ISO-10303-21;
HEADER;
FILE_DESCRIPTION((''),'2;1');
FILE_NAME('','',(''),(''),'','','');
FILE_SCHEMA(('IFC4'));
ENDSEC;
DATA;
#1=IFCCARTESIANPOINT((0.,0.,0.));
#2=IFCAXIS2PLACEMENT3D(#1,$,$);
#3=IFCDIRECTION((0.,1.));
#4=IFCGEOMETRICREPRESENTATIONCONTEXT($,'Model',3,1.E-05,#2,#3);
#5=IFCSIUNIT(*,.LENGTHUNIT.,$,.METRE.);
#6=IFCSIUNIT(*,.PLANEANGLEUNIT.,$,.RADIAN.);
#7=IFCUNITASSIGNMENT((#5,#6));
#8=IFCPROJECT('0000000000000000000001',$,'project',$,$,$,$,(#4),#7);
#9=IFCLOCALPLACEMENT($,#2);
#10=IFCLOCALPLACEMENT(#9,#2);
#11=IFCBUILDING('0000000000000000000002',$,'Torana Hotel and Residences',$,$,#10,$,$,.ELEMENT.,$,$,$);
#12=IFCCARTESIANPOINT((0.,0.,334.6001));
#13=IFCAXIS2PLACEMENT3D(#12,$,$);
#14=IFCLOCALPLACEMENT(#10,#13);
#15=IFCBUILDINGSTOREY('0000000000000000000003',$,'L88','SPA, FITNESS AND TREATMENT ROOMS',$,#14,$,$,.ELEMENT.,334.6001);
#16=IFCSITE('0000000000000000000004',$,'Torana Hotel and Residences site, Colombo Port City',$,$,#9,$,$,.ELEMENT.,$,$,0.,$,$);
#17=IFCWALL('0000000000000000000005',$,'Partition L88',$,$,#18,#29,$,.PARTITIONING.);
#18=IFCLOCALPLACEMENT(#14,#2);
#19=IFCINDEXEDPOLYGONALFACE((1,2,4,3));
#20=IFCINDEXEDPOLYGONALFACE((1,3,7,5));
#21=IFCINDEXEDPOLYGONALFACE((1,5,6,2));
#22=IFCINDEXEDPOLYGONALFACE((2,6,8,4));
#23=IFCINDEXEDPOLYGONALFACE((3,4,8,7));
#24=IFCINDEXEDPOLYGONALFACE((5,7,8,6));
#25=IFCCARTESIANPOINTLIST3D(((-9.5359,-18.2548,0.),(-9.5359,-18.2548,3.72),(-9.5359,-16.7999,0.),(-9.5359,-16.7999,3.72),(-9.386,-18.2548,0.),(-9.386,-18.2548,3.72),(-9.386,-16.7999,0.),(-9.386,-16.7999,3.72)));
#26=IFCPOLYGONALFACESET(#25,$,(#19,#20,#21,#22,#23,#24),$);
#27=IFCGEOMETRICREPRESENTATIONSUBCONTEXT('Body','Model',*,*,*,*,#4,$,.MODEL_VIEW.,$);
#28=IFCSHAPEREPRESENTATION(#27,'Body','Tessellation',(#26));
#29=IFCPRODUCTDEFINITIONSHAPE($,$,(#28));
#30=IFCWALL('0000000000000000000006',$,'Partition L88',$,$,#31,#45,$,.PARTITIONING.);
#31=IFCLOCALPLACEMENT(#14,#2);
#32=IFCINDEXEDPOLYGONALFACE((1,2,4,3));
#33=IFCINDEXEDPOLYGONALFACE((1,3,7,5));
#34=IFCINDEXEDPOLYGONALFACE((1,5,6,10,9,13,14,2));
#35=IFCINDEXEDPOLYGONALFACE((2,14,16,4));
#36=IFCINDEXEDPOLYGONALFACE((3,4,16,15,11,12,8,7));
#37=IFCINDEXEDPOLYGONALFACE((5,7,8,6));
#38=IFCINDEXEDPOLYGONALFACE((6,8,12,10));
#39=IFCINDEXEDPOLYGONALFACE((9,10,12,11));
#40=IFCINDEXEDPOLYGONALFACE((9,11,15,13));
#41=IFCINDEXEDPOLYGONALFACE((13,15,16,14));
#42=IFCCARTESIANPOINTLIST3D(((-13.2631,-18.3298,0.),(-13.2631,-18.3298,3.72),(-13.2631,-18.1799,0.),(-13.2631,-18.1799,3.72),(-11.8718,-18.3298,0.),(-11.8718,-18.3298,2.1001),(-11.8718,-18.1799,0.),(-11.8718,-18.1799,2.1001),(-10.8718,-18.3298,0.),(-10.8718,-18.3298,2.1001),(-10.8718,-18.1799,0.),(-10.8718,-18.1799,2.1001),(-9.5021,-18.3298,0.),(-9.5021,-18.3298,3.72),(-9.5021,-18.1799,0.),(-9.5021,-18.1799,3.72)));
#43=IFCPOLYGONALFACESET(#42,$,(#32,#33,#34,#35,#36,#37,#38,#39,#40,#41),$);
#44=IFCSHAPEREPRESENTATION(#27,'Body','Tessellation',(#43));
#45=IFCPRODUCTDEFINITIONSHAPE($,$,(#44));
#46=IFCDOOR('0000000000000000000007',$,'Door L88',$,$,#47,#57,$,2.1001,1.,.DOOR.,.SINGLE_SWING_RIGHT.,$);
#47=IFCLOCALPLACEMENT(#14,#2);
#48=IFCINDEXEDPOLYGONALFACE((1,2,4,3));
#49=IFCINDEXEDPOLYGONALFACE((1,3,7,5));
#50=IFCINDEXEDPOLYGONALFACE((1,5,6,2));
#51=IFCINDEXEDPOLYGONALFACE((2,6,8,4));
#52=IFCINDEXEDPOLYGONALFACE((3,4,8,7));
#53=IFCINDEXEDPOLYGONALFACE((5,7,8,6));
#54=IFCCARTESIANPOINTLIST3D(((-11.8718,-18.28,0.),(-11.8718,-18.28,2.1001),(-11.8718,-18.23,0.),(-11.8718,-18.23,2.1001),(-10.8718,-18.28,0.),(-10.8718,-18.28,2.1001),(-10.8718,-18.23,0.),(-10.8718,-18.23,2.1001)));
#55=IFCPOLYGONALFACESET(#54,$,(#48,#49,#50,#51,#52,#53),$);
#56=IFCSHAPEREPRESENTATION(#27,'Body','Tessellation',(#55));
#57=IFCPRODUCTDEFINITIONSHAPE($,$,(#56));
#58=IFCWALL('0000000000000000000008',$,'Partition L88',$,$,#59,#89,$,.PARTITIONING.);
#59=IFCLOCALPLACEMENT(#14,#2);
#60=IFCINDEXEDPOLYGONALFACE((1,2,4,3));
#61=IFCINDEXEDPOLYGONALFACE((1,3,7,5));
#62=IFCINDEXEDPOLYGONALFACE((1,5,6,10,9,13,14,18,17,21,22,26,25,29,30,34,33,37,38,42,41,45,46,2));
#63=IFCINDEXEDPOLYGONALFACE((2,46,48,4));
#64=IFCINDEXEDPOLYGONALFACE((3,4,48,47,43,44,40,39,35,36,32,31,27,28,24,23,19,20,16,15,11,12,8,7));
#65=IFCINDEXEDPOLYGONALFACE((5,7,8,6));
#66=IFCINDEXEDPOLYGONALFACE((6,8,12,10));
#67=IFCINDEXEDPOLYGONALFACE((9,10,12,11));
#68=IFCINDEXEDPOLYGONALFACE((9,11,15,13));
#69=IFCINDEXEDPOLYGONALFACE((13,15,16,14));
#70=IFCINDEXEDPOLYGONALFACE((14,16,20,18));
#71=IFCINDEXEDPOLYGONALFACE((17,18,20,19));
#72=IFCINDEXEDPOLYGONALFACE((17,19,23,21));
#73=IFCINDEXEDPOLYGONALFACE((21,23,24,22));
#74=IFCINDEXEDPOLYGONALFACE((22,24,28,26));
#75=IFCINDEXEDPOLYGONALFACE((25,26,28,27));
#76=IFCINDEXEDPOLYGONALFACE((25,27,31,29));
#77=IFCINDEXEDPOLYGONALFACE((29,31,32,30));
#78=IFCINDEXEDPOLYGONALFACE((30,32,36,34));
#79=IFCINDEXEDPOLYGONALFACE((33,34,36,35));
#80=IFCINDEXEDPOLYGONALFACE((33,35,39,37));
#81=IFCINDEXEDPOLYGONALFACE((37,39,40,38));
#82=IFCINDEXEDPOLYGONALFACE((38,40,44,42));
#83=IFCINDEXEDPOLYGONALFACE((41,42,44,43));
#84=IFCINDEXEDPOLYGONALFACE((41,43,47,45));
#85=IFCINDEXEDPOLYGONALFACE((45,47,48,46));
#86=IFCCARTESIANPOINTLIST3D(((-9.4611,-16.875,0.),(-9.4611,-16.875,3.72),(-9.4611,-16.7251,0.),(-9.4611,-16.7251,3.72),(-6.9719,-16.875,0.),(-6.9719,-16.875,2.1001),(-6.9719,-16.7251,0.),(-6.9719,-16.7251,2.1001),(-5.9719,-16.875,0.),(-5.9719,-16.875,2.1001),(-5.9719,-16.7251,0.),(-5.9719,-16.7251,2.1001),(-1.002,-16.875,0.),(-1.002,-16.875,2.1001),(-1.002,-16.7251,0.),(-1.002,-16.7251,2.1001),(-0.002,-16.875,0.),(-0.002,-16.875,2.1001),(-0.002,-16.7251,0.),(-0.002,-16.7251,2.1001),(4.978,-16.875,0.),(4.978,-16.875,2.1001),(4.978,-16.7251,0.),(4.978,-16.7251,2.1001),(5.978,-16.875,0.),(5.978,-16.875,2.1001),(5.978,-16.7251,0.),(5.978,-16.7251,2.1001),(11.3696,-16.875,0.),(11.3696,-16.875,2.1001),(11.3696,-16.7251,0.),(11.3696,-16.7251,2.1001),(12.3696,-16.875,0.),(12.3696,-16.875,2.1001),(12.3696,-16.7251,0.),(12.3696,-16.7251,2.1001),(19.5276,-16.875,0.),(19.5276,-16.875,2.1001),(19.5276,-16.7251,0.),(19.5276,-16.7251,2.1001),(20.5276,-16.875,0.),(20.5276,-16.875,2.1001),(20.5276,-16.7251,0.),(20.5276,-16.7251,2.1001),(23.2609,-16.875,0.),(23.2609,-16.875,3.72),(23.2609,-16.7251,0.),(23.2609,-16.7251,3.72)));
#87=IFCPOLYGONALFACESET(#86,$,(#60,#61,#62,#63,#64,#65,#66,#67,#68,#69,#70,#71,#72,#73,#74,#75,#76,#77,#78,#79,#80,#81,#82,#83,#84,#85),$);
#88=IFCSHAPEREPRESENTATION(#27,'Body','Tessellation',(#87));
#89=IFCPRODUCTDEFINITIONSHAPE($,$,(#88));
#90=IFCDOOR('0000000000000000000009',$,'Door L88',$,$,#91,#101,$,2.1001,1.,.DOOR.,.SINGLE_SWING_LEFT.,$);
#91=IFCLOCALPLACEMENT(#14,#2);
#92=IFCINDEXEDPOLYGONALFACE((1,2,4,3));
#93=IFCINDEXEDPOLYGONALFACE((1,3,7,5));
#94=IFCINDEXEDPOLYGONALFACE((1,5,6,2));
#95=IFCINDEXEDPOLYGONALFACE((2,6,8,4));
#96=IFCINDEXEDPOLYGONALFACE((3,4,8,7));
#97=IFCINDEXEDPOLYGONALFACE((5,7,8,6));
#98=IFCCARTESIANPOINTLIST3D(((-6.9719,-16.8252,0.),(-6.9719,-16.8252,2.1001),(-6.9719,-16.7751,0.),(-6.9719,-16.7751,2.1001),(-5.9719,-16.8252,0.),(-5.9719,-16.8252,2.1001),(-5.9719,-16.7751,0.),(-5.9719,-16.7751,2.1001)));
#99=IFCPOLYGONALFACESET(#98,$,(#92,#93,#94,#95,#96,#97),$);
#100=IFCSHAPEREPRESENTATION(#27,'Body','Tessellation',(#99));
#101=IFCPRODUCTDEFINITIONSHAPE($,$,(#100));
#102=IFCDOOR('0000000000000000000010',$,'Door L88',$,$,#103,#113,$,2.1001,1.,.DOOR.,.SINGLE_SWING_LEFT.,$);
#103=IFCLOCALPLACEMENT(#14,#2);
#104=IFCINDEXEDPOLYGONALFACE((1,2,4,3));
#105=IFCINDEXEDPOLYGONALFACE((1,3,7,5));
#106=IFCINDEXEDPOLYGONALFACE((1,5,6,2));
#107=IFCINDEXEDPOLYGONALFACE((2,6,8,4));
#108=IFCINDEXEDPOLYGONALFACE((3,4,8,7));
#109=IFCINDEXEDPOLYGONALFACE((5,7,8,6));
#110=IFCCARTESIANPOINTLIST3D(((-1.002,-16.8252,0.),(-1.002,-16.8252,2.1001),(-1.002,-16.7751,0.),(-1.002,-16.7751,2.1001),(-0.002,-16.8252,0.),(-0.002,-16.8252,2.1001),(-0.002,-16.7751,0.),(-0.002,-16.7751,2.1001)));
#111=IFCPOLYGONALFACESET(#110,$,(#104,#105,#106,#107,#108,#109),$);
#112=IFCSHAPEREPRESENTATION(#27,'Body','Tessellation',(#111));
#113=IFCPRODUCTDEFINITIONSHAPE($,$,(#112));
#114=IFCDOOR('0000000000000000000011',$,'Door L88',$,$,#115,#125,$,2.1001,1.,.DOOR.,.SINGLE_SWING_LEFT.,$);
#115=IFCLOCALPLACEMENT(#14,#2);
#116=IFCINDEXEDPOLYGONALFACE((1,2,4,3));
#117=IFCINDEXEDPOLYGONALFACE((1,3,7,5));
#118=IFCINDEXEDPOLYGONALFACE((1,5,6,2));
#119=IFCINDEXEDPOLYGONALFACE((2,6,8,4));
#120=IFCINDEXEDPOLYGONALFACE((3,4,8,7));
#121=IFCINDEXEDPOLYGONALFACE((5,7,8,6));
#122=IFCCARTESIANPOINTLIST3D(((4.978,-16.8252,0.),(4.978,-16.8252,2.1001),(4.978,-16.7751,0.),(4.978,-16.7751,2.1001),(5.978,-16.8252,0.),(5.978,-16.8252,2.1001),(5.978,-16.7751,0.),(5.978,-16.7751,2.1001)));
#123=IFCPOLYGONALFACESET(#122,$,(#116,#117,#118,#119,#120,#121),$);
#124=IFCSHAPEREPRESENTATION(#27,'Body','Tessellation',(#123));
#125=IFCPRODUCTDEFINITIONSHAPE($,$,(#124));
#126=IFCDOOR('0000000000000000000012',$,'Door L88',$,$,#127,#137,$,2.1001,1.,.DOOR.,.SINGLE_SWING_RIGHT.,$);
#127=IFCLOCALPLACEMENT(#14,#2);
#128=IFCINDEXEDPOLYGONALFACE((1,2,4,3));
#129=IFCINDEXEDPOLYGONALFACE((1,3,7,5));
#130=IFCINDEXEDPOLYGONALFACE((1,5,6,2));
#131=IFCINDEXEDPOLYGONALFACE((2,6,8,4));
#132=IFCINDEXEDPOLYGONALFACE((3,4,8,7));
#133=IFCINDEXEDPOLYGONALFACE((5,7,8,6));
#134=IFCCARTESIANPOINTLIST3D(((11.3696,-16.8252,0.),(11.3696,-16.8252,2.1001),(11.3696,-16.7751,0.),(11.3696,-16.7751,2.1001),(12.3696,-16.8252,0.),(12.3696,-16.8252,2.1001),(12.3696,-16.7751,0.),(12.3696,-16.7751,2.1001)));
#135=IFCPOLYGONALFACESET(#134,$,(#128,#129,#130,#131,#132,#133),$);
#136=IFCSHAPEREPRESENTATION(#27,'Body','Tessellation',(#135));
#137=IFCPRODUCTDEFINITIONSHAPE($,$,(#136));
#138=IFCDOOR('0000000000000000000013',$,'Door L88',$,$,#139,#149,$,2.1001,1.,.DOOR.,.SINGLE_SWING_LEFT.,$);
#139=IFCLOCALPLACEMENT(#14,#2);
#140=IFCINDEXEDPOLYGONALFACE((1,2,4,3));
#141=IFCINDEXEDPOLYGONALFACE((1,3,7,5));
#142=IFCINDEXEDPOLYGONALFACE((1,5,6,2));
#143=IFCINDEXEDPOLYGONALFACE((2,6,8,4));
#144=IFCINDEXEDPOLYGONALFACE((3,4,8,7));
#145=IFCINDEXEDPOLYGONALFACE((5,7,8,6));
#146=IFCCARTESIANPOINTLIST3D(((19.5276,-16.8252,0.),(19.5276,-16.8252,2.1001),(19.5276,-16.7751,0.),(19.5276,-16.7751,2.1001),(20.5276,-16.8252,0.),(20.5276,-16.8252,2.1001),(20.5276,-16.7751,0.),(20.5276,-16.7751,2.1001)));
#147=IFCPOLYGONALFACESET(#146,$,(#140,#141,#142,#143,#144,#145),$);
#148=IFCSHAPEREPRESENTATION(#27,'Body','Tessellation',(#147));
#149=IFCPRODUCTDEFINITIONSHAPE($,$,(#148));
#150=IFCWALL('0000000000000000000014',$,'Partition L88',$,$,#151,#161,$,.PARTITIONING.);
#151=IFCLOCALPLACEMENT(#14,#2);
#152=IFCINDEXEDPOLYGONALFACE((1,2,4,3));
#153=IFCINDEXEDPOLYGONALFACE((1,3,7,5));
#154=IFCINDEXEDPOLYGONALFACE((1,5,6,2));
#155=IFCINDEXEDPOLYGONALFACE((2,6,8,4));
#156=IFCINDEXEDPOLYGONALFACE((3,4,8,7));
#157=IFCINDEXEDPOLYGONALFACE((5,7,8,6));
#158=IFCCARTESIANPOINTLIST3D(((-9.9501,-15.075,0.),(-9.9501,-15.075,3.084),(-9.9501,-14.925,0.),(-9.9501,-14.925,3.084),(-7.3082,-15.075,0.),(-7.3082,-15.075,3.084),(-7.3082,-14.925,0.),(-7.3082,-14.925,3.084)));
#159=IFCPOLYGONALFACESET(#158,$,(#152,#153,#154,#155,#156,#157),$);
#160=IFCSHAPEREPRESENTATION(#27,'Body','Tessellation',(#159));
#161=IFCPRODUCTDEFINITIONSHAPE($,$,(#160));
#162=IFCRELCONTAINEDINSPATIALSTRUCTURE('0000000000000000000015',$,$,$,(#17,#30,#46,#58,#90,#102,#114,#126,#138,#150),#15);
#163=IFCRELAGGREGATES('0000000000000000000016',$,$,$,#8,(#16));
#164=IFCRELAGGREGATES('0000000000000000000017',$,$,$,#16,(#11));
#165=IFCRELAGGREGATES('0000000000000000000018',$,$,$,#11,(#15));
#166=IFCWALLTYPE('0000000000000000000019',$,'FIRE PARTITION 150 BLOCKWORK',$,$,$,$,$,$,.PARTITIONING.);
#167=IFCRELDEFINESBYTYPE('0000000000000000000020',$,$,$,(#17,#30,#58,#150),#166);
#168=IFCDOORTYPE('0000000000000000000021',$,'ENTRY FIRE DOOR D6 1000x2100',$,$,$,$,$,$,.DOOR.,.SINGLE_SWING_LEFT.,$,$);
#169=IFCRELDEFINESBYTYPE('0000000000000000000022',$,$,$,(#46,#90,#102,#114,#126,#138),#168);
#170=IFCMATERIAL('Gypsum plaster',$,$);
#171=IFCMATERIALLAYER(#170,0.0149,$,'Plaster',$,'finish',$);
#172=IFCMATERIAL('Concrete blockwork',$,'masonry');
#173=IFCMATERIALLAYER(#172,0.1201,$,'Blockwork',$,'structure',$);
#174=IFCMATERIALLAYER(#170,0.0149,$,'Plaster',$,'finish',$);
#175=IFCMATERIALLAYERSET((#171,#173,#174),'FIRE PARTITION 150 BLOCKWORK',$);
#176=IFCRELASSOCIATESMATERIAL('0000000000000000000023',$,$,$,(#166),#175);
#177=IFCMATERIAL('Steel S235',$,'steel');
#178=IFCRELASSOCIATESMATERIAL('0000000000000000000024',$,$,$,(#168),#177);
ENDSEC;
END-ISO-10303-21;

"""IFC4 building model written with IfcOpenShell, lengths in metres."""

from ifc_helpers import new_model, si_unit, direction, frame, frame_2d, origin, place, context, subcontext, project, spatial, rectangle, extrude, material, layer, layer_set, type_object, element, fill, save


model = new_model("IFC4")

# Units and contexts
model_context = context("Model", 3, precision=1e-05, world=origin(), true_north=direction((0.0, 1.0)))
body_context = subcontext(model_context, "Body", "Model", "MODEL_VIEW")
ifc_project = project(units=[si_unit("LENGTHUNIT", "METRE"), si_unit("PLANEANGLEUNIT", "RADIAN")], contexts=[model_context])

# Site, building, storey
site_placement = place(None, origin())
site = spatial("IfcSite", under=ifc_project, at=site_placement, Name="Torana Hotel and Residences site, Colombo Port City", CompositionType="ELEMENT", RefElevation=0.0)
building_placement = place(site_placement, origin())
building = spatial("IfcBuilding", under=site, at=building_placement, Name="Torana Hotel and Residences", CompositionType="ELEMENT")
storey_placement = place(building_placement, frame((0.0, 0.0, 334.6001)))
storey = spatial("IfcBuildingStorey", under=building, at=storey_placement, Name="L88", Description="SPA, FITNESS AND TREATMENT ROOMS", CompositionType="ELEMENT", Elevation=334.6001)

# Wall
ifc_material_1 = material(Name="Gypsum plaster")
ifc_layer_1 = layer(ifc_material_1, 0.0149, Name="Plaster", Category="finish")
ifc_material_2 = material(Name="Concrete blockwork", Category="masonry")
ifc_layer_2 = layer(ifc_material_2, 0.1201, Name="Blockwork", Category="structure")
ifc_layer_3 = layer(ifc_material_1, 0.0149, Name="Plaster", Category="finish")
ifc_layer_set = layer_set([ifc_layer_1, ifc_layer_2, ifc_layer_3], Name="FIRE PARTITION 150 BLOCKWORK")
wall_type = type_object("IfcWallType", Name="FIRE PARTITION 150 BLOCKWORK", PredefinedType="PARTITIONING", material=ifc_layer_set)
wall_1_placement = place(storey_placement, frame((-9.4609, -18.2549, 0.0), z_axis=(0.0, 0.0, 1.0), x_axis=(0.0, 1.0, 0.0)))
element("IfcWall", 1, at=wall_1_placement, inside=storey, type_object=wall_type, Name="Partition L88", PredefinedType="PARTITIONING", context=body_context, shape_type="SweptSolid", body=[
    extrude(rectangle(XDim=1.4548, YDim=0.1499, at=frame_2d((0.7275, 0.0))), origin(), (0.0, 0.0, 1.0), 3.72),
])

# Wall, opening, door
wall_2_placement = place(storey_placement, frame((-13.2629, -18.2549, 0.0), z_axis=(0.0, 0.0, 1.0), x_axis=(1.0, 0.0, 0.0)))
wall_2 = element("IfcWall", 2, at=wall_2_placement, inside=storey, type_object=wall_type, Name="Partition L88", PredefinedType="PARTITIONING", context=body_context, shape_type="SweptSolid", body=[
    extrude(rectangle(XDim=3.761, YDim=0.1499, at=frame_2d((1.8804, 0.0))), origin(), (0.0, 0.0, 1.0), 3.72),
])
opening_1_placement = place(wall_2_placement, frame((1.3911, 0.0, 0.0)))
opening_1 = element("IfcOpeningElement", 3, at=opening_1_placement, cuts=wall_2, PredefinedType="OPENING", context=body_context, shape_type="SweptSolid", body=[
    extrude(rectangle(XDim=1.0, YDim=2.1001, at=frame_2d((0.5, 1.05))), frame((0.0, 0.085, 0.0), z_axis=(0.0, -1.0, 0.0), x_axis=(1.0, 0.0, 0.0)), (0.0, 0.0, 1.0), 0.1699),
])
ifc_material_3 = material(Name="Steel S235", Category="steel")
door_type = type_object("IfcDoorType", Name="ENTRY FIRE DOOR D6 1000x2100", OperationType="SINGLE_SWING_LEFT", PredefinedType="DOOR", material=ifc_material_3)
door_1_placement = place(opening_1_placement, frame((0.5, 0.0, 0.0), z_axis=(0.0, 0.0, 1.0), x_axis=(-1.0, 0.0, 0.0)))
door_1 = element("IfcDoor", 4, at=door_1_placement, inside=storey, type_object=door_type, Name="Door L88", OperationType="SINGLE_SWING_RIGHT", OverallHeight=2.1001, OverallWidth=1.0, PredefinedType="DOOR", context=body_context, shape_type="SweptSolid", body=[
    extrude(rectangle(XDim=1.0, YDim=2.1001, at=frame_2d((0.0, 1.05))), frame((0.0, -0.0249, 0.0), z_axis=(0.0, 1.0, 0.0), x_axis=(-1.0, 0.0, 0.0)), (0.0, 0.0, 1.0), 0.05),
])
fill(opening_1, door_1)

# Wall, openings, doors
wall_3_placement = place(storey_placement, frame((-9.4609, -16.8, 0.0), z_axis=(0.0, 0.0, 1.0), x_axis=(1.0, 0.0, 0.0)))
wall_3 = element("IfcWall", 5, at=wall_3_placement, inside=storey, type_object=wall_type, Name="Partition L88", PredefinedType="PARTITIONING", context=body_context, shape_type="SweptSolid", body=[
    extrude(rectangle(XDim=32.7219, YDim=0.1499, at=frame_2d((16.3608, 0.0))), origin(), (0.0, 0.0, 1.0), 3.72),
])
opening_2_placement = place(wall_3_placement, frame((2.489, 0.0, 0.0)))
opening_2 = element("IfcOpeningElement", 6, at=opening_2_placement, cuts=wall_3, PredefinedType="OPENING", context=body_context, shape_type="SweptSolid", body=[
    extrude(rectangle(XDim=1.0, YDim=2.1001, at=frame_2d((0.5, 1.05))), frame((0.0, 0.085, 0.0), z_axis=(0.0, -1.0, 0.0), x_axis=(1.0, 0.0, 0.0)), (0.0, 0.0, 1.0), 0.1699),
])
opening_3_placement = place(wall_3_placement, frame((8.459, 0.0, 0.0)))
opening_3 = element("IfcOpeningElement", 7, at=opening_3_placement, cuts=wall_3, PredefinedType="OPENING", context=body_context, shape_type="SweptSolid", body=[
    extrude(rectangle(XDim=1.0, YDim=2.1001, at=frame_2d((0.5, 1.05))), frame((0.0, 0.085, 0.0), z_axis=(0.0, -1.0, 0.0), x_axis=(1.0, 0.0, 0.0)), (0.0, 0.0, 1.0), 0.1699),
])
opening_4_placement = place(wall_3_placement, frame((14.439, 0.0, 0.0)))
opening_4 = element("IfcOpeningElement", 8, at=opening_4_placement, cuts=wall_3, PredefinedType="OPENING", context=body_context, shape_type="SweptSolid", body=[
    extrude(rectangle(XDim=1.0, YDim=2.1001, at=frame_2d((0.5, 1.05))), frame((0.0, 0.085, 0.0), z_axis=(0.0, -1.0, 0.0), x_axis=(1.0, 0.0, 0.0)), (0.0, 0.0, 1.0), 0.1699),
])
opening_5_placement = place(wall_3_placement, frame((20.8306, 0.0, 0.0)))
opening_5 = element("IfcOpeningElement", 9, at=opening_5_placement, cuts=wall_3, PredefinedType="OPENING", context=body_context, shape_type="SweptSolid", body=[
    extrude(rectangle(XDim=1.0, YDim=2.1001, at=frame_2d((0.5, 1.05))), frame((0.0, 0.085, 0.0), z_axis=(0.0, -1.0, 0.0), x_axis=(1.0, 0.0, 0.0)), (0.0, 0.0, 1.0), 0.1699),
])
opening_6_placement = place(wall_3_placement, frame((28.9885, 0.0, 0.0)))
opening_6 = element("IfcOpeningElement", 10, at=opening_6_placement, cuts=wall_3, PredefinedType="OPENING", context=body_context, shape_type="SweptSolid", body=[
    extrude(rectangle(XDim=1.0, YDim=2.1001, at=frame_2d((0.5, 1.05))), frame((0.0, 0.085, 0.0), z_axis=(0.0, -1.0, 0.0), x_axis=(1.0, 0.0, 0.0)), (0.0, 0.0, 1.0), 0.1699),
])
door_2_placement = place(opening_2_placement, frame((0.5, 0.0, 0.0), z_axis=(0.0, 0.0, 1.0), x_axis=(-1.0, 0.0, 0.0)))
door_2 = element("IfcDoor", 11, at=door_2_placement, inside=storey, type_object=door_type, Name="Door L88", OperationType="SINGLE_SWING_LEFT", OverallHeight=2.1001, OverallWidth=1.0, PredefinedType="DOOR", context=body_context, shape_type="SweptSolid", body=[
    extrude(rectangle(XDim=1.0, YDim=2.1001, at=frame_2d((0.0, 1.05))), frame((0.0, -0.0249, 0.0), z_axis=(0.0, 1.0, 0.0), x_axis=(-1.0, 0.0, 0.0)), (0.0, 0.0, 1.0), 0.05),
])
fill(opening_2, door_2)
door_3_placement = place(opening_3_placement, frame((0.5, 0.0, 0.0), z_axis=(0.0, 0.0, 1.0), x_axis=(-1.0, 0.0, 0.0)))
door_3 = element("IfcDoor", 12, at=door_3_placement, inside=storey, type_object=door_type, Name="Door L88", OperationType="SINGLE_SWING_LEFT", OverallHeight=2.1001, OverallWidth=1.0, PredefinedType="DOOR", context=body_context, shape_type="SweptSolid", body=[
    extrude(rectangle(XDim=1.0, YDim=2.1001, at=frame_2d((0.0, 1.05))), frame((0.0, -0.0249, 0.0), z_axis=(0.0, 1.0, 0.0), x_axis=(-1.0, 0.0, 0.0)), (0.0, 0.0, 1.0), 0.05),
])
fill(opening_3, door_3)
door_4_placement = place(opening_4_placement, frame((0.5, 0.0, 0.0), z_axis=(0.0, 0.0, 1.0), x_axis=(-1.0, 0.0, 0.0)))
door_4 = element("IfcDoor", 13, at=door_4_placement, inside=storey, type_object=door_type, Name="Door L88", OperationType="SINGLE_SWING_LEFT", OverallHeight=2.1001, OverallWidth=1.0, PredefinedType="DOOR", context=body_context, shape_type="SweptSolid", body=[
    extrude(rectangle(XDim=1.0, YDim=2.1001, at=frame_2d((0.0, 1.05))), frame((0.0, -0.0249, 0.0), z_axis=(0.0, 1.0, 0.0), x_axis=(-1.0, 0.0, 0.0)), (0.0, 0.0, 1.0), 0.05),
])
fill(opening_4, door_4)
door_5_placement = place(opening_5_placement, frame((0.5, 0.0, 0.0), z_axis=(0.0, 0.0, 1.0), x_axis=(-1.0, 0.0, 0.0)))
door_5 = element("IfcDoor", 14, at=door_5_placement, inside=storey, type_object=door_type, Name="Door L88", OperationType="SINGLE_SWING_RIGHT", OverallHeight=2.1001, OverallWidth=1.0, PredefinedType="DOOR", context=body_context, shape_type="SweptSolid", body=[
    extrude(rectangle(XDim=1.0, YDim=2.1001, at=frame_2d((0.0, 1.05))), frame((0.0, -0.0249, 0.0), z_axis=(0.0, 1.0, 0.0), x_axis=(-1.0, 0.0, 0.0)), (0.0, 0.0, 1.0), 0.05),
])
fill(opening_5, door_5)
door_6_placement = place(opening_6_placement, frame((0.5, 0.0, 0.0), z_axis=(0.0, 0.0, 1.0), x_axis=(-1.0, 0.0, 0.0)))
door_6 = element("IfcDoor", 15, at=door_6_placement, inside=storey, type_object=door_type, Name="Door L88", OperationType="SINGLE_SWING_LEFT", OverallHeight=2.1001, OverallWidth=1.0, PredefinedType="DOOR", context=body_context, shape_type="SweptSolid", body=[
    extrude(rectangle(XDim=1.0, YDim=2.1001, at=frame_2d((0.0, 1.05))), frame((0.0, -0.0249, 0.0), z_axis=(0.0, 1.0, 0.0), x_axis=(-1.0, 0.0, 0.0)), (0.0, 0.0, 1.0), 0.05),
])
fill(opening_6, door_6)

# Wall
wall_4_placement = place(storey_placement, frame((-9.95, -15.0, 0.0), z_axis=(0.0, 0.0, 1.0), x_axis=(1.0, 0.0, 0.0)))
element("IfcWall", 16, at=wall_4_placement, inside=storey, type_object=wall_type, Name="Partition L88", PredefinedType="PARTITIONING", context=body_context, shape_type="SweptSolid", body=[
    extrude(rectangle(XDim=2.6418, YDim=0.1499, at=frame_2d((1.3208, 0.0))), origin(), (0.0, 0.0, 1.0), 3.084),
])

save(model, "model.ifc")
